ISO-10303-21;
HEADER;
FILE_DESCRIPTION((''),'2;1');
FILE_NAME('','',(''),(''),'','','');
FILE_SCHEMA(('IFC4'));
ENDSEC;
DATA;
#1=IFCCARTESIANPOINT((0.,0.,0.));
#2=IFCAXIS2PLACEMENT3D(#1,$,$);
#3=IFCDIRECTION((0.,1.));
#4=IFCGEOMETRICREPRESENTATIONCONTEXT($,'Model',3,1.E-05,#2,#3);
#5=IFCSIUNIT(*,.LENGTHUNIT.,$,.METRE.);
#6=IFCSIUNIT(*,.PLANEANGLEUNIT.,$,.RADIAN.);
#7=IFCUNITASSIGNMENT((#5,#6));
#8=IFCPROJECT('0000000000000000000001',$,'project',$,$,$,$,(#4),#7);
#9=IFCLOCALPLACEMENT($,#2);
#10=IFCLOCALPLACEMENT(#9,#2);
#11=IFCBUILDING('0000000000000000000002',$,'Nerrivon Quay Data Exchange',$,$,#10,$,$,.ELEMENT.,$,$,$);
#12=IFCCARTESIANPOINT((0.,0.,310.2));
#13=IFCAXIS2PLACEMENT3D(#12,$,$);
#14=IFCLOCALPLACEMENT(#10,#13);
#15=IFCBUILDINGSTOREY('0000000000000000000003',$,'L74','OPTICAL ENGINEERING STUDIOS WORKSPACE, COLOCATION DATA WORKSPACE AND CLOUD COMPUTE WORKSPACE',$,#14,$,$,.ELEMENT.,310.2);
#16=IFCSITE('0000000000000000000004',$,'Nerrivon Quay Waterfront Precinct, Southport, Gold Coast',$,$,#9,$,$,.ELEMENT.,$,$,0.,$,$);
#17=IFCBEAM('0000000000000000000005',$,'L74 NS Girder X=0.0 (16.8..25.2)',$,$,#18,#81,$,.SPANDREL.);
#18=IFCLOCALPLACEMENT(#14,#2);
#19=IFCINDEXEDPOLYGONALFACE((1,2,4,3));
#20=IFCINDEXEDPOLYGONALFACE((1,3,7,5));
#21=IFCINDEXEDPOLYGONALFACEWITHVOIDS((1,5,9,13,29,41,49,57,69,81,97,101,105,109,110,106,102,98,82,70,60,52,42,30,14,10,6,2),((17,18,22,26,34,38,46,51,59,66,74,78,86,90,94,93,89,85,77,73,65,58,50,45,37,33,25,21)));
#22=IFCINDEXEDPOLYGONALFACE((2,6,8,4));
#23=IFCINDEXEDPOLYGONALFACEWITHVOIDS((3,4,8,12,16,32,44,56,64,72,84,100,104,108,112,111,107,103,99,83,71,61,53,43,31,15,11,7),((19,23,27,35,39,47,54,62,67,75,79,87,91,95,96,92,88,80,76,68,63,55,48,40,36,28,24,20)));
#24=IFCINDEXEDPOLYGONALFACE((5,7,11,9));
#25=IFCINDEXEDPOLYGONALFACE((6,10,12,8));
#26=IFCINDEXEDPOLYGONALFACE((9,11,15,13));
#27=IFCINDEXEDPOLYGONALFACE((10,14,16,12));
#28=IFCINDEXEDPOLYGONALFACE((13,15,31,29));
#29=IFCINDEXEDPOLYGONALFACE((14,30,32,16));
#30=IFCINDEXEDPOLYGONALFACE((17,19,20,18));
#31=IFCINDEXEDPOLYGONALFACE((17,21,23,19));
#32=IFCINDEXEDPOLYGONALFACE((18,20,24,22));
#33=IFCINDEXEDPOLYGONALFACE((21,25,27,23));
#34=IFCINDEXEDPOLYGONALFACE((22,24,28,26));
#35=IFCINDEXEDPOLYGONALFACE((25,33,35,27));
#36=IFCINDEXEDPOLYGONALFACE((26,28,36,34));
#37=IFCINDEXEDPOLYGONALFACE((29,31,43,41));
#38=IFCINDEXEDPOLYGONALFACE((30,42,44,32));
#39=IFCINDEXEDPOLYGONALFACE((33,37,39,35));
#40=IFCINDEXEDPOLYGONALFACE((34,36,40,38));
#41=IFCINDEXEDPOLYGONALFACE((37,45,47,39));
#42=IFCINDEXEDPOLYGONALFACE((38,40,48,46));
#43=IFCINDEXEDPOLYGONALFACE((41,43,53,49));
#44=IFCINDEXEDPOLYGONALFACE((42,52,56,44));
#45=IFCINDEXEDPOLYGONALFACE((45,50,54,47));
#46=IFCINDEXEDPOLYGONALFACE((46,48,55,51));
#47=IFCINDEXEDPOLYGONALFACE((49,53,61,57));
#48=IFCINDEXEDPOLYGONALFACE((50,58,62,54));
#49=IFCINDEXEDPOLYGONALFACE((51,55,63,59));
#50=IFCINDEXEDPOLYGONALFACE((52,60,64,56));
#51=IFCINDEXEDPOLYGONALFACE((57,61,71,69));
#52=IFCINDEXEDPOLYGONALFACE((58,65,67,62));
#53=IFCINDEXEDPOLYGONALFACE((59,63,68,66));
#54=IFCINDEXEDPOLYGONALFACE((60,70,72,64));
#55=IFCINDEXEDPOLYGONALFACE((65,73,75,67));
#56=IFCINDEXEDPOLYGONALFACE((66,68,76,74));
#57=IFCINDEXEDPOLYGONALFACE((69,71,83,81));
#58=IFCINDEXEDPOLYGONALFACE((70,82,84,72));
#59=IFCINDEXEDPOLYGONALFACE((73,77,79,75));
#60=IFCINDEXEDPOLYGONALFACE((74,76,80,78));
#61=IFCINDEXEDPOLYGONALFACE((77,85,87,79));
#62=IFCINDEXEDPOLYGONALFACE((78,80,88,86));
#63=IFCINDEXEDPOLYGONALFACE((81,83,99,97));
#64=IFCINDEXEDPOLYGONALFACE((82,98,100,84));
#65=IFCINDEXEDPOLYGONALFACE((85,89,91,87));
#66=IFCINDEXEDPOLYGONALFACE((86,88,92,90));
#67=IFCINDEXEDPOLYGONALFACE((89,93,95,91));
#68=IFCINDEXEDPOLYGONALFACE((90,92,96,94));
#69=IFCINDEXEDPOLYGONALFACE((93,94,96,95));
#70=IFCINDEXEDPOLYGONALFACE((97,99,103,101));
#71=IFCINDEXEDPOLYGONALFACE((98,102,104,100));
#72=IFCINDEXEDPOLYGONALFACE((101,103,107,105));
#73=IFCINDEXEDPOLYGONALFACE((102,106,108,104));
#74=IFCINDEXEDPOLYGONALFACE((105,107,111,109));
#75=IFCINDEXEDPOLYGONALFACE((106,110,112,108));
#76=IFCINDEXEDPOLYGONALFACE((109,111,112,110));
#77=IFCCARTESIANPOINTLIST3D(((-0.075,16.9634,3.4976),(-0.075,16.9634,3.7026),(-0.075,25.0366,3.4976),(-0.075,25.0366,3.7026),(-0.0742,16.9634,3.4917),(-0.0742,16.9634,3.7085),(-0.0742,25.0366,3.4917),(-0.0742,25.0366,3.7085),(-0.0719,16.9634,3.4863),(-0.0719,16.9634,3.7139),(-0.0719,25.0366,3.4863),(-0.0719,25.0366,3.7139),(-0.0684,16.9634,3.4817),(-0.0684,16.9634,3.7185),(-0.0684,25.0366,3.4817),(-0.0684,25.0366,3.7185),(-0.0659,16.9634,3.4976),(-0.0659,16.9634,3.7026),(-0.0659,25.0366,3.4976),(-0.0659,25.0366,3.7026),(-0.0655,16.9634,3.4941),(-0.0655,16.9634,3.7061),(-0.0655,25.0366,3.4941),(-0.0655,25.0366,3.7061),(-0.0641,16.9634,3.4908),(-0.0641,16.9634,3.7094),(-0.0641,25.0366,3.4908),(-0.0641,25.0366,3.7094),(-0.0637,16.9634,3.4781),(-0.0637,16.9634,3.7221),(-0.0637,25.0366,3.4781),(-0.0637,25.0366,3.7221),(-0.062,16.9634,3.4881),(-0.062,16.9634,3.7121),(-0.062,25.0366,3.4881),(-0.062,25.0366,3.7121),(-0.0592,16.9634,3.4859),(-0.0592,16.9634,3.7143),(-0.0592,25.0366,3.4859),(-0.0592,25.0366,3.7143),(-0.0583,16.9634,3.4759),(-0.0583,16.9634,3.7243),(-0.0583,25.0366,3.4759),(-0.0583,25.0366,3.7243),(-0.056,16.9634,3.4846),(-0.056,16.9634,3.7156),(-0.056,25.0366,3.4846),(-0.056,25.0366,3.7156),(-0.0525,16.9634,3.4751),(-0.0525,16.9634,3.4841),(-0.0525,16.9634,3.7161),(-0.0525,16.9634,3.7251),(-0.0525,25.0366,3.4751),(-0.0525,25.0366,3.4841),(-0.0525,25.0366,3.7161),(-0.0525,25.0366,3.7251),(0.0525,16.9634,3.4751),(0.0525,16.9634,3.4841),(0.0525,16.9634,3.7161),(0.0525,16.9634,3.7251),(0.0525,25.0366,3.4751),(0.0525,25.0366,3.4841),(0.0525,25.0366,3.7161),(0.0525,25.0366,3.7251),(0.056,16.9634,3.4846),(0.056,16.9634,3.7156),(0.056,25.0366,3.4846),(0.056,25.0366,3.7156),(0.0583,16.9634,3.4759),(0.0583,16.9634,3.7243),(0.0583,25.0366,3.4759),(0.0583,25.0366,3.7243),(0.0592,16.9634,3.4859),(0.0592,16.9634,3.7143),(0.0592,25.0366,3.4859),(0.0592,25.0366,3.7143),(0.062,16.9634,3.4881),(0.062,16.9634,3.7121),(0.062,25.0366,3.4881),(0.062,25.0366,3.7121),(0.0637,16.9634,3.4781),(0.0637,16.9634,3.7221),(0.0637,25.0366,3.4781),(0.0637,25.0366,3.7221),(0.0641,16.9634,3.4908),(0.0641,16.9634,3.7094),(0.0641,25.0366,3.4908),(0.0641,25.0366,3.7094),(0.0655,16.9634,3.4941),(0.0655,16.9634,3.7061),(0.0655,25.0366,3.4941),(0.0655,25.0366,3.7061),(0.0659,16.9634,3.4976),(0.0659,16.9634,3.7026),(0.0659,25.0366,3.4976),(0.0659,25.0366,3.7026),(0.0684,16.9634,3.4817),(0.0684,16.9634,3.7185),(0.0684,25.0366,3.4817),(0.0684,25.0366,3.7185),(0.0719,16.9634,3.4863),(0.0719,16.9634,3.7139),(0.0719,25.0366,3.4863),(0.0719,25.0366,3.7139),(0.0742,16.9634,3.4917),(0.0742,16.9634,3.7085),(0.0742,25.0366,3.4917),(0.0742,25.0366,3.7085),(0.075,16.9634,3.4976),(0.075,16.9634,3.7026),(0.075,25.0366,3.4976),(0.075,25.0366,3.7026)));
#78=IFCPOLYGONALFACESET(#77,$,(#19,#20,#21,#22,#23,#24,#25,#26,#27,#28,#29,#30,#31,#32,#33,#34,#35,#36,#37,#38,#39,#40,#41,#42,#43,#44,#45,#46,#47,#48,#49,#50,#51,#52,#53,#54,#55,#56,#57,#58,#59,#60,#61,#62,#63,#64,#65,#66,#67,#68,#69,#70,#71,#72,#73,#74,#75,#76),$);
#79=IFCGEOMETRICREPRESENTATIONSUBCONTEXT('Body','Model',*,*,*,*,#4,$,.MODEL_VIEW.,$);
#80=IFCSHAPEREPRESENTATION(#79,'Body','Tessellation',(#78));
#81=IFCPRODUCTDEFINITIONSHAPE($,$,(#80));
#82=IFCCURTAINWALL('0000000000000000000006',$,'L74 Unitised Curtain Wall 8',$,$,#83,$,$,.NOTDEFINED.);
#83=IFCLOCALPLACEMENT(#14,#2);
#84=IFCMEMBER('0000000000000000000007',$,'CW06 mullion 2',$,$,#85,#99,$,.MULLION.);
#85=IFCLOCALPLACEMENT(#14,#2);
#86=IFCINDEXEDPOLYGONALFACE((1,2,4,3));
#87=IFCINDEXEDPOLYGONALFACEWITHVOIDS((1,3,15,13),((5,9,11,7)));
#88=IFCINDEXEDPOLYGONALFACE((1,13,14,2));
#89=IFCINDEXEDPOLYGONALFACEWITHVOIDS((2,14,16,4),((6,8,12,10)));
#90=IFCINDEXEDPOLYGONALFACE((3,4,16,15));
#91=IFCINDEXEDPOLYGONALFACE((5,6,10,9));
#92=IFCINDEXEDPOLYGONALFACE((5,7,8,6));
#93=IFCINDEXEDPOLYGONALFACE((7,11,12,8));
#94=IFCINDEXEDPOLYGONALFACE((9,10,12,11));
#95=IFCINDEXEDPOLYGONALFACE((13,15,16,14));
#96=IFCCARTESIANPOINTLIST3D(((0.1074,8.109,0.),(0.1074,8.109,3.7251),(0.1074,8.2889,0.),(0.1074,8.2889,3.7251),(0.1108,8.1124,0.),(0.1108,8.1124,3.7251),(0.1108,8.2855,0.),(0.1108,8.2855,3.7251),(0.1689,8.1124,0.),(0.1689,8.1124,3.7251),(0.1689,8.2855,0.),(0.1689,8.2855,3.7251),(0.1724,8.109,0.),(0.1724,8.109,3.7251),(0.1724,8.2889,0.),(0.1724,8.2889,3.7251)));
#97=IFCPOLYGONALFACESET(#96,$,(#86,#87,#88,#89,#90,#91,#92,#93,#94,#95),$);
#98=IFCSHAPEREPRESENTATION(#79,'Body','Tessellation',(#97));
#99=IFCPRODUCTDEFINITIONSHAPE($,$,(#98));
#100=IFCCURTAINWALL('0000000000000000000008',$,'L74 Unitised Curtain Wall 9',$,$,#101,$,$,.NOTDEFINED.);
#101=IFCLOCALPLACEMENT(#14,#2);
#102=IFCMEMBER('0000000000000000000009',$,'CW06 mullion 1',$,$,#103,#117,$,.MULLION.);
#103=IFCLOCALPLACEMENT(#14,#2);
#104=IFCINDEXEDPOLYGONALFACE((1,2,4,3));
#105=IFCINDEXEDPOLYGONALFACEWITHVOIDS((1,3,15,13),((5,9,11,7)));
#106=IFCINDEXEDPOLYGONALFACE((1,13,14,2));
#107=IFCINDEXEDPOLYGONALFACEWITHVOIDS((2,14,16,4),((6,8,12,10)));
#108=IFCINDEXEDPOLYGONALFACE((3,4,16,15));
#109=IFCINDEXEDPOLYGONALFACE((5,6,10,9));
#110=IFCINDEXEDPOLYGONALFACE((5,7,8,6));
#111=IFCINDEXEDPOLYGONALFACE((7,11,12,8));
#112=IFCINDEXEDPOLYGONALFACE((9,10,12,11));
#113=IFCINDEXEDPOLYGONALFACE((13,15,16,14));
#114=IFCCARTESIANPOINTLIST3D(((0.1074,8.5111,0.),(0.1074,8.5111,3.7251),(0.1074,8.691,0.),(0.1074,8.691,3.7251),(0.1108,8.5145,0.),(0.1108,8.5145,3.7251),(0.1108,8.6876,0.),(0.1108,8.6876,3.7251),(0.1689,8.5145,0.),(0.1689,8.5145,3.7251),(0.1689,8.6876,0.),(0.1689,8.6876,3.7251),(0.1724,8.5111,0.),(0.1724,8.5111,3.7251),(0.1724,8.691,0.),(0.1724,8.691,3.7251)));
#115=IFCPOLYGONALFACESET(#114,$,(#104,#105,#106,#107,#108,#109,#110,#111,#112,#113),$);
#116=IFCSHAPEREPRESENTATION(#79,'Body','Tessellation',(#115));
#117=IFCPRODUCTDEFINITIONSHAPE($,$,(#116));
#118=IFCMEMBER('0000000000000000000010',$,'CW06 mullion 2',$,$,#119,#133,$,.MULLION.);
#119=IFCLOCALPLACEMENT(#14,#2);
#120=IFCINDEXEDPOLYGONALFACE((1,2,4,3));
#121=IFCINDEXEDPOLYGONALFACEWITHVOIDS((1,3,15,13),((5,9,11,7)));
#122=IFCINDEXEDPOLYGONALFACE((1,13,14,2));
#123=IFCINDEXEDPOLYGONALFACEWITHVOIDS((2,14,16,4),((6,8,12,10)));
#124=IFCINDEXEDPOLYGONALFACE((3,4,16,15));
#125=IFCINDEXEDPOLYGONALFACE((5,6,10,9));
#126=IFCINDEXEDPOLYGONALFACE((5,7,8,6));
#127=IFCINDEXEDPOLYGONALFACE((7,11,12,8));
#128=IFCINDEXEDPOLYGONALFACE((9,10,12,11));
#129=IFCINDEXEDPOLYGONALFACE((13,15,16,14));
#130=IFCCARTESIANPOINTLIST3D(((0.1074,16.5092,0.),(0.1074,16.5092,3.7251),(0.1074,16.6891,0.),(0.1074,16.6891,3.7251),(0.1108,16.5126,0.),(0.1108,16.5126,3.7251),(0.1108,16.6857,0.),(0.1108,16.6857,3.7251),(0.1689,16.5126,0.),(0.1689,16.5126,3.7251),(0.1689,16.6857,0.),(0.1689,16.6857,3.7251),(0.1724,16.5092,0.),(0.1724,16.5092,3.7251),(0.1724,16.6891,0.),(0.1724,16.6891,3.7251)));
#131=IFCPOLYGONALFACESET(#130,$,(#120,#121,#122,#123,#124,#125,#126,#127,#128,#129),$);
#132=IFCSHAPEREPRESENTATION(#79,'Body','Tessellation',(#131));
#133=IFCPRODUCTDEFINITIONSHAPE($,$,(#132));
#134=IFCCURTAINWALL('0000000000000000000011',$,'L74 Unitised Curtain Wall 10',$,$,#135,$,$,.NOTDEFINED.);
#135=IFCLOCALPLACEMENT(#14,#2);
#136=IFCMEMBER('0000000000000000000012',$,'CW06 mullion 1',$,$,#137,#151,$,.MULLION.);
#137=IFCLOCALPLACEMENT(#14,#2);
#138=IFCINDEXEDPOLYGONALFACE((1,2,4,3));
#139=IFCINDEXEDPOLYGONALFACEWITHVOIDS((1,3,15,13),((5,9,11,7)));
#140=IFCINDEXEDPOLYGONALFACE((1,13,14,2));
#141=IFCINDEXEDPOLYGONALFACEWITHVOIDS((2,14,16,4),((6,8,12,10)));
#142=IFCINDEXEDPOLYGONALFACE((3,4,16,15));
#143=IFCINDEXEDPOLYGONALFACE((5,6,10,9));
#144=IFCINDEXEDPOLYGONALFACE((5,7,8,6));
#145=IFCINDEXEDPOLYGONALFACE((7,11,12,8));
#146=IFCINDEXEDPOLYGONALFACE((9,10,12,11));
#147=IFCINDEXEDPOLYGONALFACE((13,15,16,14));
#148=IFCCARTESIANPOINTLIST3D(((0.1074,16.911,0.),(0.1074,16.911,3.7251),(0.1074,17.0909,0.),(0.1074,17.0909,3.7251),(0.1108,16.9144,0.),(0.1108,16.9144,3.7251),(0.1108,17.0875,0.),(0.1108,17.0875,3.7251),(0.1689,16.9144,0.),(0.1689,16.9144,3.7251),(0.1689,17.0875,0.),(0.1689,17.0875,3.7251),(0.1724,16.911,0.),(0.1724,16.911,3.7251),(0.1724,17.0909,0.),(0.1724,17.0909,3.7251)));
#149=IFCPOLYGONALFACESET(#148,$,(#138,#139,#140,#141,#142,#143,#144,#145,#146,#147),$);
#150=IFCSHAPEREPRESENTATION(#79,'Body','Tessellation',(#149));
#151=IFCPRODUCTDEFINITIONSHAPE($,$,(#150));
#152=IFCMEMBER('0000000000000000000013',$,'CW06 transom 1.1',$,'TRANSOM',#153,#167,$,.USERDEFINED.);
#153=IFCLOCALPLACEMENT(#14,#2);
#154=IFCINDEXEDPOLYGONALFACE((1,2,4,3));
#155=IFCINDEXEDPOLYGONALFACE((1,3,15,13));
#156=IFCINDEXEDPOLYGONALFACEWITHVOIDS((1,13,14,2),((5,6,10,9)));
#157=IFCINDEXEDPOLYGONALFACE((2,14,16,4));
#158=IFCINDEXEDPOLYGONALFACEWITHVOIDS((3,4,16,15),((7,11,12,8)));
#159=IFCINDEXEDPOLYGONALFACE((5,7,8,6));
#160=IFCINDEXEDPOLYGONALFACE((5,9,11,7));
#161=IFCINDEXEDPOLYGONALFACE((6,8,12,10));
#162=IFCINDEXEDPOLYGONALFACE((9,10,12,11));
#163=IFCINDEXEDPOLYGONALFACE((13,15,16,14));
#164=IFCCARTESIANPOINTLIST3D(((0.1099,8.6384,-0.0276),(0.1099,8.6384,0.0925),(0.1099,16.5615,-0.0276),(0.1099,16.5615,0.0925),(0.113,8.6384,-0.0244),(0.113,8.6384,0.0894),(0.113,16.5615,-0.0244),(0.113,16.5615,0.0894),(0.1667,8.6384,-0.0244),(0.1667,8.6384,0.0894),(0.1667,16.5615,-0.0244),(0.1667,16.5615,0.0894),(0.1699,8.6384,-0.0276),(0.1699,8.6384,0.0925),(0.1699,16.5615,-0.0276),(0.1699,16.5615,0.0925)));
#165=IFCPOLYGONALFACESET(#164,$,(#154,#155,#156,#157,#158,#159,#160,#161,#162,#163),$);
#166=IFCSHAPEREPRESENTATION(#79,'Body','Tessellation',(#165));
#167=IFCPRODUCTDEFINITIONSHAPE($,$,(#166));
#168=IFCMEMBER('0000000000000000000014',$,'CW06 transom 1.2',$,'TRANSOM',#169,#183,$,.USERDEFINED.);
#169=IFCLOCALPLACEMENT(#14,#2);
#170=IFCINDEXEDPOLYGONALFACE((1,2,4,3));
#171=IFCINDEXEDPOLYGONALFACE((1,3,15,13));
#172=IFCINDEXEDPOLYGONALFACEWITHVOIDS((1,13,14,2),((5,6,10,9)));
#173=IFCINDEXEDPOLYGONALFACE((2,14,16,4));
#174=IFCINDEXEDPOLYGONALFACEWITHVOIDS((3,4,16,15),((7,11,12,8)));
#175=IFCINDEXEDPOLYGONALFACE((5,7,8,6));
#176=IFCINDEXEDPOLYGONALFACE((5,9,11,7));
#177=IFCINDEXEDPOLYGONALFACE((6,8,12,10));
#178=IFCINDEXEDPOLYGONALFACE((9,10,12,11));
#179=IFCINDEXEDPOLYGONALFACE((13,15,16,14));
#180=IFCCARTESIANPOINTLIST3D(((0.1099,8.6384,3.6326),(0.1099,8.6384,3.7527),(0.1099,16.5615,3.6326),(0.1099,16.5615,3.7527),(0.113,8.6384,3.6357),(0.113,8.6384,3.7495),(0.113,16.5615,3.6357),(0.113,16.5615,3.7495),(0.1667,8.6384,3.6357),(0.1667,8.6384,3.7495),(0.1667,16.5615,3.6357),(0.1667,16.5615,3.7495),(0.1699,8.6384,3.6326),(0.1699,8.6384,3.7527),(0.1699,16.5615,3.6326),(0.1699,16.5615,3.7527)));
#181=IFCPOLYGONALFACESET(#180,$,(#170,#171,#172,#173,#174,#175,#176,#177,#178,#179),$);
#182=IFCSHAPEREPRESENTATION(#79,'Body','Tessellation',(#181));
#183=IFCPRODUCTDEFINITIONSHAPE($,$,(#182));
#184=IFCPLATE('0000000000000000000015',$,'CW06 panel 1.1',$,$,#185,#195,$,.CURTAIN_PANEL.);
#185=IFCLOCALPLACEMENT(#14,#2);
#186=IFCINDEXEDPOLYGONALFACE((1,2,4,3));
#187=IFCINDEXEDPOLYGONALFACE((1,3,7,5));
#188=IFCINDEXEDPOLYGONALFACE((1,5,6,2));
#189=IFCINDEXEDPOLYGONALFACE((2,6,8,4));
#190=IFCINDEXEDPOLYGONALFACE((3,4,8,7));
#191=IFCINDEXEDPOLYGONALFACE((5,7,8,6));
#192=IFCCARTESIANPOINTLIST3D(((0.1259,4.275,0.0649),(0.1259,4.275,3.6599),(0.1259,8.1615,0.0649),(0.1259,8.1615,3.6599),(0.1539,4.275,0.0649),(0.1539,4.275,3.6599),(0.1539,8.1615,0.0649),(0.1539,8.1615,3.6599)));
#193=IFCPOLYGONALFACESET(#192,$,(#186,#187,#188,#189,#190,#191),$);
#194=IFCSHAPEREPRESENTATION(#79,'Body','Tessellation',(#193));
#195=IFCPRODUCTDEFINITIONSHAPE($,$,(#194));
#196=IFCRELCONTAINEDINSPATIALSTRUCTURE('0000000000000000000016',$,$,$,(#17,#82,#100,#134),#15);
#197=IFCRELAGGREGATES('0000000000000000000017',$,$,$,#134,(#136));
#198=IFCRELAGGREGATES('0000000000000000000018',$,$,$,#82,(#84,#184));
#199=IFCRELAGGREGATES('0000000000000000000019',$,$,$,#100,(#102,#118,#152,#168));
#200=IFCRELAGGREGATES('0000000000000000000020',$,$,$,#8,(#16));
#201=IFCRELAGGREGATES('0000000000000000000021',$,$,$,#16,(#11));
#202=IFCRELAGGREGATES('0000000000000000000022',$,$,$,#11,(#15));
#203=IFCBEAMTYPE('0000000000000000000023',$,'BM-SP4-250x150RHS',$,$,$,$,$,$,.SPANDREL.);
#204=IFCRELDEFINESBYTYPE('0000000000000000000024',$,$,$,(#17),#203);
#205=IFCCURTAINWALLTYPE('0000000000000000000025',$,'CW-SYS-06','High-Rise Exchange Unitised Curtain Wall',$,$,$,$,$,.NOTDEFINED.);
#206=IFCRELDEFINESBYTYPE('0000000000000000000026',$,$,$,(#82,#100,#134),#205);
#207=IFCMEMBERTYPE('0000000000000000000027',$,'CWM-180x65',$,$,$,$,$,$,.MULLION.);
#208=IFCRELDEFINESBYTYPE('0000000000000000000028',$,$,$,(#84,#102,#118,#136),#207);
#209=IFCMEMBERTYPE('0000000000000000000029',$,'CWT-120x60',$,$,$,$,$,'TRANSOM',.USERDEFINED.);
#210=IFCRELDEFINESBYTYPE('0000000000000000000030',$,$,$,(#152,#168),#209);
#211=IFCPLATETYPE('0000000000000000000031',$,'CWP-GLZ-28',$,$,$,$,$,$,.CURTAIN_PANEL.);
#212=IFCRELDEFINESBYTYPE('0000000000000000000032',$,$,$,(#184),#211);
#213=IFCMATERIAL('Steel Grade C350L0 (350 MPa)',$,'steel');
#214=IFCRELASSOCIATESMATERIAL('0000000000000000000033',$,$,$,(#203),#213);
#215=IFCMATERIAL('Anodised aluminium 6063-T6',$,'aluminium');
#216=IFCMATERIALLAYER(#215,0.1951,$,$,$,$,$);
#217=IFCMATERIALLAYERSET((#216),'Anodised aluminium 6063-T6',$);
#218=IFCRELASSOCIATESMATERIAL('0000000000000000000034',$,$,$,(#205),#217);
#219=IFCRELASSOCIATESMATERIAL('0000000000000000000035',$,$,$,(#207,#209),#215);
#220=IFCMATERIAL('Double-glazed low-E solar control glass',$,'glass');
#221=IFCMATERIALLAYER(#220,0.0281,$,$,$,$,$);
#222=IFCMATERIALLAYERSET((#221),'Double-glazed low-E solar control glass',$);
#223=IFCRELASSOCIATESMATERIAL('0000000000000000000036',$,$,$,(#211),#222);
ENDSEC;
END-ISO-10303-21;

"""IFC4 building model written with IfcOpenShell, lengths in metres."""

from ifc_helpers import new_model, si_unit, direction, frame, origin, origin_2d, place, context, subcontext, project, spatial, rectangle, hollow_rectangle, extrude, material, layer, layer_set, material_profile, profile_set, type_object, element, aggregate, save


model = new_model("IFC4")

# Units and contexts
model_context = context("Model", 3, precision=1e-05, world=origin(), true_north=direction((0.0, 1.0)))
body_context = subcontext(model_context, "Body", "Model", "MODEL_VIEW")
ifc_project = project(units=[si_unit("LENGTHUNIT", "METRE"), si_unit("PLANEANGLEUNIT", "RADIAN")], contexts=[model_context])

# Site, building, storey
site_placement = place(None, origin())
site = spatial("IfcSite", under=ifc_project, at=site_placement, Name="Nerrivon Quay Waterfront Precinct, Southport, Gold Coast", CompositionType="ELEMENT", RefElevation=0.0)
building_placement = place(site_placement, origin())
building = spatial("IfcBuilding", under=site, at=building_placement, Name="Nerrivon Quay Data Exchange", CompositionType="ELEMENT")
storey_placement = place(building_placement, frame((0.0, 0.0, 310.2)))
storey = spatial("IfcBuildingStorey", under=building, at=storey_placement, Name="L74", Description="OPTICAL ENGINEERING STUDIOS WORKSPACE, COLOCATION DATA WORKSPACE AND CLOUD COMPUTE WORKSPACE", CompositionType="ELEMENT", Elevation=310.2)

# Beam
ifc_material_1 = material(Name="Steel Grade C350L0 (350 MPa)", Category="steel")
ifc_material_profile_1 = material_profile(ifc_material_1, hollow_rectangle(XDim=0.1499, YDim=0.25, WallThickness=0.009, InnerFilletRadius=0.0134, OuterFilletRadius=0.0225, at=origin_2d()), Name="250x150x9.0RHS")
ifc_profile_set_1 = profile_set([ifc_material_profile_1], Name="Steel Grade C350L0 (350 MPa)")
beam_type_1 = type_object("IfcBeamType", Name="BM-SP4-250x150RHS", PredefinedType="SPANDREL", material=ifc_profile_set_1)
beam_1_placement = place(storey_placement, frame((0.0, 16.9634, 3.6001), z_axis=(0.0, 1.0, 0.0), x_axis=(-1.0, 0.0, 0.0)))
element("IfcBeam", 1, at=beam_1_placement, inside=storey, type_object=beam_type_1, Name="L74 NS Girder X=0.0 (16.8..25.2)", PredefinedType="SPANDREL", context=body_context, shape_type="SweptSolid", body=[
    extrude(hollow_rectangle(XDim=0.1499, YDim=0.25, WallThickness=0.009, InnerFilletRadius=0.0134, OuterFilletRadius=0.0225, at=origin_2d()), origin(), (0.0, 0.0, 1.0), 8.0732),
])

# Curtain wall, member
ifc_material_2 = material(Name="Anodised aluminium 6063-T6", Category="aluminium")
ifc_layer_1 = layer(ifc_material_2, 0.1951)
ifc_layer_set_1 = layer_set([ifc_layer_1], Name="Anodised aluminium 6063-T6")
curtain_wall_type = type_object("IfcCurtainWallType", Name="CW-SYS-06", Description="High-Rise Exchange Unitised Curtain Wall", PredefinedType="NOTDEFINED", material=ifc_layer_set_1)
curtain_wall_1_placement = place(storey_placement, origin())
curtain_wall_1 = element("IfcCurtainWall", 2, at=curtain_wall_1_placement, inside=storey, type_object=curtain_wall_type, Name="L74 Unitised Curtain Wall 8", PredefinedType="NOTDEFINED")
ifc_material_profile_2 = material_profile(ifc_material_2, hollow_rectangle(XDim=0.0649, YDim=0.1799, WallThickness=0.0034, at=origin_2d()), Name="ALU-MULL-180x65")
ifc_profile_set_2 = profile_set([ifc_material_profile_2], Name="Anodised aluminium 6063-T6")
member_type_1 = type_object("IfcMemberType", Name="CWM-180x65", PredefinedType="MULLION", material=ifc_profile_set_2)
member_1_placement = place(storey_placement, frame((0.1399, 8.199, 0.0), z_axis=(0.0, 0.0, 1.0), x_axis=(-1.0, 0.0, 0.0)))
member_1 = element("IfcMember", 3, at=member_1_placement, type_object=member_type_1, Name="CW06 mullion 2", PredefinedType="MULLION", context=body_context, shape_type="SweptSolid", body=[
    extrude(hollow_rectangle(XDim=0.0649, YDim=0.1799, WallThickness=0.0034, at=origin_2d()), origin(), (0.0, 0.0, 1.0), 3.7251),
])

# Curtain wall, members
curtain_wall_2_placement = place(storey_placement, origin())
curtain_wall_2 = element("IfcCurtainWall", 4, at=curtain_wall_2_placement, inside=storey, type_object=curtain_wall_type, Name="L74 Unitised Curtain Wall 9", PredefinedType="NOTDEFINED")
member_2_placement = place(storey_placement, frame((0.1399, 8.6011, 0.0), z_axis=(0.0, 0.0, 1.0), x_axis=(-1.0, 0.0, 0.0)))
member_2 = element("IfcMember", 5, at=member_2_placement, type_object=member_type_1, Name="CW06 mullion 1", PredefinedType="MULLION", context=body_context, shape_type="SweptSolid", body=[
    extrude(hollow_rectangle(XDim=0.0649, YDim=0.1799, WallThickness=0.0034, at=origin_2d()), origin(), (0.0, 0.0, 1.0), 3.7251),
])
member_3_placement = place(storey_placement, frame((0.1399, 16.5991, 0.0), z_axis=(0.0, 0.0, 1.0), x_axis=(-1.0, 0.0, 0.0)))
member_3 = element("IfcMember", 6, at=member_3_placement, type_object=member_type_1, Name="CW06 mullion 2", PredefinedType="MULLION", context=body_context, shape_type="SweptSolid", body=[
    extrude(hollow_rectangle(XDim=0.0649, YDim=0.1799, WallThickness=0.0034, at=origin_2d()), origin(), (0.0, 0.0, 1.0), 3.7251),
])

# Curtain wall, member
curtain_wall_3_placement = place(storey_placement, origin())
curtain_wall_3 = element("IfcCurtainWall", 7, at=curtain_wall_3_placement, inside=storey, type_object=curtain_wall_type, Name="L74 Unitised Curtain Wall 10", PredefinedType="NOTDEFINED")
member_4_placement = place(storey_placement, frame((0.1399, 17.001, 0.0), z_axis=(0.0, 0.0, 1.0), x_axis=(-1.0, 0.0, 0.0)))
member_4 = element("IfcMember", 8, at=member_4_placement, type_object=member_type_1, Name="CW06 mullion 1", PredefinedType="MULLION", context=body_context, shape_type="SweptSolid", body=[
    extrude(hollow_rectangle(XDim=0.0649, YDim=0.1799, WallThickness=0.0034, at=origin_2d()), origin(), (0.0, 0.0, 1.0), 3.7251),
])
aggregate(curtain_wall_3, [member_4])

# Members
ifc_material_profile_3 = material_profile(ifc_material_2, hollow_rectangle(XDim=0.0601, YDim=0.1201, WallThickness=0.0032, at=origin_2d()), Name="ALU-TRAN-120x60")
ifc_profile_set_3 = profile_set([ifc_material_profile_3], Name="Anodised aluminium 6063-T6")
member_type_2 = type_object("IfcMemberType", Name="CWT-120x60", ElementType="TRANSOM", PredefinedType="USERDEFINED", material=ifc_profile_set_3)
member_5_placement = place(storey_placement, frame((0.1399, 8.6384, 0.0325), z_axis=(0.0, 1.0, 0.0), x_axis=(-1.0, 0.0, 0.0)))
member_5 = element("IfcMember", 9, at=member_5_placement, type_object=member_type_2, Name="CW06 transom 1.1", ObjectType="TRANSOM", PredefinedType="USERDEFINED", context=body_context, shape_type="SweptSolid", body=[
    extrude(hollow_rectangle(XDim=0.0601, YDim=0.1201, WallThickness=0.0032, at=origin_2d()), origin(), (0.0, 0.0, 1.0), 7.9231),
])
member_6_placement = place(storey_placement, frame((0.1399, 8.6384, 3.6926), z_axis=(0.0, 1.0, 0.0), x_axis=(-1.0, 0.0, 0.0)))
member_6 = element("IfcMember", 10, at=member_6_placement, type_object=member_type_2, Name="CW06 transom 1.2", ObjectType="TRANSOM", PredefinedType="USERDEFINED", context=body_context, shape_type="SweptSolid", body=[
    extrude(hollow_rectangle(XDim=0.0601, YDim=0.1201, WallThickness=0.0032, at=origin_2d()), origin(), (0.0, 0.0, 1.0), 7.9231),
])

# Plate
ifc_material_3 = material(Name="Double-glazed low-E solar control glass", Category="glass")
ifc_layer_2 = layer(ifc_material_3, 0.0281)
ifc_layer_set_2 = layer_set([ifc_layer_2], Name="Double-glazed low-E solar control glass")
plate_type = type_object("IfcPlateType", Name="CWP-GLZ-28", PredefinedType="CURTAIN_PANEL", material=ifc_layer_set_2)
plate_1_placement = place(storey_placement, frame((0.1399, 6.2183, 0.0649), z_axis=(0.0, 0.0, 1.0), x_axis=(0.0, 1.0, 0.0)))
plate_1 = element("IfcPlate", 11, at=plate_1_placement, type_object=plate_type, Name="CW06 panel 1.1", PredefinedType="CURTAIN_PANEL", context=body_context, shape_type="SweptSolid", body=[
    extrude(rectangle(XDim=3.8865, YDim=0.0281, at=origin_2d()), origin(), (0.0, 0.0, 1.0), 3.595),
])
aggregate(curtain_wall_1, [member_1, plate_1])
aggregate(curtain_wall_2, [member_2, member_3, member_5, member_6])

save(model, "model.ifc")
